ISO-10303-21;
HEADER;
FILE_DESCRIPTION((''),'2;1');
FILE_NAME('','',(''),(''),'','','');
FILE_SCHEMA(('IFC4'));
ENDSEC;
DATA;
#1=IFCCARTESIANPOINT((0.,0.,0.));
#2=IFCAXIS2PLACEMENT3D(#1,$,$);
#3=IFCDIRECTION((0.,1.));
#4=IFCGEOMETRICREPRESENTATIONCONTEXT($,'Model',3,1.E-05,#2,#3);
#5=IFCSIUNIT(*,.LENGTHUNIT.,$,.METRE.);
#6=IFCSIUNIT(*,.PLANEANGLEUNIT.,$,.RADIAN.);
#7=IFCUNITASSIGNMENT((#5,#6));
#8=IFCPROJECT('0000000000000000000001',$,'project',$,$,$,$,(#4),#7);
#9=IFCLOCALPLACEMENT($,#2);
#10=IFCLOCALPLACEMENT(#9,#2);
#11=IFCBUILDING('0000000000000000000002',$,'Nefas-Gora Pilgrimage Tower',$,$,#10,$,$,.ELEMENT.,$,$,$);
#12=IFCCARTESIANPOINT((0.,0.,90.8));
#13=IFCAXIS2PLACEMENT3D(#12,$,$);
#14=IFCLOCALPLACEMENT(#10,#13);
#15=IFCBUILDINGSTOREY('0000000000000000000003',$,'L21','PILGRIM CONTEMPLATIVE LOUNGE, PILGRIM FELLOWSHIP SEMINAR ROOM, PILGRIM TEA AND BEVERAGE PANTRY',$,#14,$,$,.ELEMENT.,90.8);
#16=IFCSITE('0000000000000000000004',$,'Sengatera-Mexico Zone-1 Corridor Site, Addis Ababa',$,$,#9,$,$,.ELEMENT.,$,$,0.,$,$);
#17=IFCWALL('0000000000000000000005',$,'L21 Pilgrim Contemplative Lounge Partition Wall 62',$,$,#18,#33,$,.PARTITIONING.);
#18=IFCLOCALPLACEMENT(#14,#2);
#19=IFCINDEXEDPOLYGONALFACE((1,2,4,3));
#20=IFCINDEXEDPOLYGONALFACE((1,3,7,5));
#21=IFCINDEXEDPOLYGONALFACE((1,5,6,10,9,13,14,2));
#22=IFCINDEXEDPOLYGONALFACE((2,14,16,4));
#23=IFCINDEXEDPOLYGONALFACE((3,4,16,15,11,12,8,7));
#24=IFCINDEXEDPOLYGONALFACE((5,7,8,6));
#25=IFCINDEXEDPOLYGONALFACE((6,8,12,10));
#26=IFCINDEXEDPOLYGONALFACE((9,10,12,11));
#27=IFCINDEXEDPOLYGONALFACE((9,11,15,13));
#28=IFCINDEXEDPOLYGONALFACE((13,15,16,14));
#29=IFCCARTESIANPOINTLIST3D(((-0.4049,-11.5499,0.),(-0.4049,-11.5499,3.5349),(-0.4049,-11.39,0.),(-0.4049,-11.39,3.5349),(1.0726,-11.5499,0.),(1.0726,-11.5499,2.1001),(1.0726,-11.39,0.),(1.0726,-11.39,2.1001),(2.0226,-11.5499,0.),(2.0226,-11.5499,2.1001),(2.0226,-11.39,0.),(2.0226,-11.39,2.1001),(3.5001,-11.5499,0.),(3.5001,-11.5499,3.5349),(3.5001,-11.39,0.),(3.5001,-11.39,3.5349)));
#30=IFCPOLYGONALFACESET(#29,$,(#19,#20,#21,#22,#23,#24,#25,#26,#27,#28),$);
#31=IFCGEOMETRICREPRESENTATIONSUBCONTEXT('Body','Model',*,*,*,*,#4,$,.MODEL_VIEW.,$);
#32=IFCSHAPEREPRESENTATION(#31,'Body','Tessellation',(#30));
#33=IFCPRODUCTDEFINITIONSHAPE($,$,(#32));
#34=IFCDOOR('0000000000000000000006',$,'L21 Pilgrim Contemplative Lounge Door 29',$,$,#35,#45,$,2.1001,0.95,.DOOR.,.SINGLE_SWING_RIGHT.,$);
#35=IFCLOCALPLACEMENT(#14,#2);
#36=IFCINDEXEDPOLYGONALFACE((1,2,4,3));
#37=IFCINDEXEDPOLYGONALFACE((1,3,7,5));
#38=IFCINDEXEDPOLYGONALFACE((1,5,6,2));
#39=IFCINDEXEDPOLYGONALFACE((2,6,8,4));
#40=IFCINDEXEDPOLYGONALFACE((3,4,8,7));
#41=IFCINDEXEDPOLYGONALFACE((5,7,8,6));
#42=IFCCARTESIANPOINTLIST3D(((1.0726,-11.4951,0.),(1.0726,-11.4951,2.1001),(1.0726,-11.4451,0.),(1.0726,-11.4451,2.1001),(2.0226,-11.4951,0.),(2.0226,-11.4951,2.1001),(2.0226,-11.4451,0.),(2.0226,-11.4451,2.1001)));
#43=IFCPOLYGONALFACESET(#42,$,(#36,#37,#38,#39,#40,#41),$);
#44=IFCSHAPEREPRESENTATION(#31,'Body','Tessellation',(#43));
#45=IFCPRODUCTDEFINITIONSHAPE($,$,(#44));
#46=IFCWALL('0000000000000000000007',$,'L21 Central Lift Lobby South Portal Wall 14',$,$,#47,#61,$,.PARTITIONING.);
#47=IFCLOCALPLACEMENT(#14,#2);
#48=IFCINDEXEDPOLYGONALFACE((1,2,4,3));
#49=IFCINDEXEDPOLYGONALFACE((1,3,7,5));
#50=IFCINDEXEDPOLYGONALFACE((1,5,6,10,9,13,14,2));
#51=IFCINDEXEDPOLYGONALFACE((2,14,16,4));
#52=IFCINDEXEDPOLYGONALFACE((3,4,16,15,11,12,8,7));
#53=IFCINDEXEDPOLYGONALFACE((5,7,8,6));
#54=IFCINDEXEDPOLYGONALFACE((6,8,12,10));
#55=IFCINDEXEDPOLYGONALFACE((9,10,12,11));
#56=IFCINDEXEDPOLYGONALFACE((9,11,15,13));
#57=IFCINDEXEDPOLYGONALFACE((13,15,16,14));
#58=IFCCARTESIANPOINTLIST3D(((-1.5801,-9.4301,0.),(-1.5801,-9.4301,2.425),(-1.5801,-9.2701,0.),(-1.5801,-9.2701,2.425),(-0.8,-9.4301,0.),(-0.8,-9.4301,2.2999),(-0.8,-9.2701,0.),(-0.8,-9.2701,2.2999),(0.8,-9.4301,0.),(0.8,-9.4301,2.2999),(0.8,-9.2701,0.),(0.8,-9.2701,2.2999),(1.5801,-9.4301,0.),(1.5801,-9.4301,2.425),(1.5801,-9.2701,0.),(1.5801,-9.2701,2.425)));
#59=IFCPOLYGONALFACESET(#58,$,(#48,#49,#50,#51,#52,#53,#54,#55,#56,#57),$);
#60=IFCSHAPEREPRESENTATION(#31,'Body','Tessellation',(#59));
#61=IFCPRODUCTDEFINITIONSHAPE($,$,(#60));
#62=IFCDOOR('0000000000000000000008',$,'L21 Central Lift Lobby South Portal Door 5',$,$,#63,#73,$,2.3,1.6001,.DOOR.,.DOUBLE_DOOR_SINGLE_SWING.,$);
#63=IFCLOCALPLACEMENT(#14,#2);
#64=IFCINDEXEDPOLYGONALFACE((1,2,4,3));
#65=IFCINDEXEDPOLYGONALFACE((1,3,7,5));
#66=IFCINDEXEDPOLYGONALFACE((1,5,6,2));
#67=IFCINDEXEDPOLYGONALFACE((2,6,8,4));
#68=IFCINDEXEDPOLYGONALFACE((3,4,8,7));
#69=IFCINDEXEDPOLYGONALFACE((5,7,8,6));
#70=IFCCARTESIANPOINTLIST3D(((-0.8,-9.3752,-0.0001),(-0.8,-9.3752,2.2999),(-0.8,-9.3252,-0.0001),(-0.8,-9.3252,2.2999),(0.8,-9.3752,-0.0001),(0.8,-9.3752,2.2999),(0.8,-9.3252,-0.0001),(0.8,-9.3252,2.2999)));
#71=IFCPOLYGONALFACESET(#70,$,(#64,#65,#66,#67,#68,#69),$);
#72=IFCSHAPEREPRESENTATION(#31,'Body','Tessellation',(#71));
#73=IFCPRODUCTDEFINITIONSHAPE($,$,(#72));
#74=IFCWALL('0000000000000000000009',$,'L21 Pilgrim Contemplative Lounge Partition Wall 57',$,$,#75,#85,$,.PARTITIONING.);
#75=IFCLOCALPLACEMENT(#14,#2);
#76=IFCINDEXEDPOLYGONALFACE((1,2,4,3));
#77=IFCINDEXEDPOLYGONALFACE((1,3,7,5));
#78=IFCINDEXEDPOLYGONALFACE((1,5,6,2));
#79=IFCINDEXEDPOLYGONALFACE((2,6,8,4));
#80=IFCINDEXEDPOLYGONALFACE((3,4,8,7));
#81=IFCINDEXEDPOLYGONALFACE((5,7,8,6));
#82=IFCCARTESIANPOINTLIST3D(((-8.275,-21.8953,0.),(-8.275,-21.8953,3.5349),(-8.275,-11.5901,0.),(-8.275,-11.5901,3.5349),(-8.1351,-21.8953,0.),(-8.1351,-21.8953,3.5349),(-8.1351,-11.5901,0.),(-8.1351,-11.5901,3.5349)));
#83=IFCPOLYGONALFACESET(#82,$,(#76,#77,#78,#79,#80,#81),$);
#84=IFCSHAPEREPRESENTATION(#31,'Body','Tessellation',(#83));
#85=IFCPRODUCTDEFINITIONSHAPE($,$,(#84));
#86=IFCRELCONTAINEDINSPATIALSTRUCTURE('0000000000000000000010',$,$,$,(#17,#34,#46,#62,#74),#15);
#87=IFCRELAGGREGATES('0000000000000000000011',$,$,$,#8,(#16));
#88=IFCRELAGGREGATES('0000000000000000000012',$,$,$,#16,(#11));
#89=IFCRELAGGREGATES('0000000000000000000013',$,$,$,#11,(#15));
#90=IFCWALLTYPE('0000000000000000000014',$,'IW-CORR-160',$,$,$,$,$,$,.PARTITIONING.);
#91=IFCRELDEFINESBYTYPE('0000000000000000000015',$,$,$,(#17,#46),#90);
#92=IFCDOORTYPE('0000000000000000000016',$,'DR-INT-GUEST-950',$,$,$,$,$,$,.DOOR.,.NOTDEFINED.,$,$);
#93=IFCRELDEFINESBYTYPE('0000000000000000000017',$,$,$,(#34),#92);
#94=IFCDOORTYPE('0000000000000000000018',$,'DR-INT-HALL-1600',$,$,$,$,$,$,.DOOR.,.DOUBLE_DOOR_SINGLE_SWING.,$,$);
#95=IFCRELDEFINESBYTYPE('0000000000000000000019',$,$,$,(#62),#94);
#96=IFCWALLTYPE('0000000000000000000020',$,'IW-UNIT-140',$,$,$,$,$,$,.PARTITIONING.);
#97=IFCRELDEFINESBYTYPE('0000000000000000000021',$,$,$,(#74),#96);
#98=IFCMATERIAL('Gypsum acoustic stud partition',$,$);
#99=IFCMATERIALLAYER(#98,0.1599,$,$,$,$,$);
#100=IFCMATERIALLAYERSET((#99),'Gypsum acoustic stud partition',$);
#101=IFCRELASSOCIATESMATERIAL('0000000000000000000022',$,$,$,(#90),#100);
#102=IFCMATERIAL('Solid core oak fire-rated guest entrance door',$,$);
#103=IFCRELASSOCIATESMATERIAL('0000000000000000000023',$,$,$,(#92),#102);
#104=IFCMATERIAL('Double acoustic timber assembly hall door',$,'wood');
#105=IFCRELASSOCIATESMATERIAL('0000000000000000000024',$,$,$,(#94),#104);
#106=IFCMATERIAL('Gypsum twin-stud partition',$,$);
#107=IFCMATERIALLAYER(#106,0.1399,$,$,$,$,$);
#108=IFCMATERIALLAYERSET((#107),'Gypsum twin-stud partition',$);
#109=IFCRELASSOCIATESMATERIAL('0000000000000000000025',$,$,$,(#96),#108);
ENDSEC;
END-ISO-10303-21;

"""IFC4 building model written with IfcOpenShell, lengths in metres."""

from ifc_helpers import new_model, si_unit, direction, frame, frame_2d, origin, place, context, subcontext, project, spatial, rectangle, extrude, source, transform, mapped, material, layer, layer_set, type_object, element, fill, save


model = new_model("IFC4")

# Units and contexts
model_context = context("Model", 3, precision=1e-05, world=origin(), true_north=direction((0.0, 1.0)))
body_context = subcontext(model_context, "Body", "Model", "MODEL_VIEW")
ifc_project = project(units=[si_unit("LENGTHUNIT", "METRE"), si_unit("PLANEANGLEUNIT", "RADIAN")], contexts=[model_context])

# Site, building, storey
site_placement = place(None, origin())
site = spatial("IfcSite", under=ifc_project, at=site_placement, Name="Sengatera-Mexico Zone-1 Corridor Site, Addis Ababa", CompositionType="ELEMENT", RefElevation=0.0)
building_placement = place(site_placement, origin())
building = spatial("IfcBuilding", under=site, at=building_placement, Name="Nefas-Gora Pilgrimage Tower", CompositionType="ELEMENT")
storey_placement = place(building_placement, frame((0.0, 0.0, 90.8)))
storey = spatial("IfcBuildingStorey", under=building, at=storey_placement, Name="L21", Description="PILGRIM CONTEMPLATIVE LOUNGE, PILGRIM FELLOWSHIP SEMINAR ROOM, PILGRIM TEA AND BEVERAGE PANTRY", CompositionType="ELEMENT", Elevation=90.8)

# Walls, openings, doors
ifc_material_1 = material(Name="Gypsum acoustic stud partition")
ifc_layer_1 = layer(ifc_material_1, 0.1599)
ifc_layer_set_1 = layer_set([ifc_layer_1], Name="Gypsum acoustic stud partition")
wall_type_1 = type_object("IfcWallType", Name="IW-CORR-160", PredefinedType="PARTITIONING", material=ifc_layer_set_1)
shared_shape_1 = source(origin(), body_context, "Body", "SweptSolid", [
    extrude(rectangle(XDim=3.905, YDim=0.1599, at=frame_2d((1.9526, 0.0))), origin(), (0.0, 0.0, 1.0), 3.5349),
])
ifc_material_2 = material(Name="Solid core oak fire-rated guest entrance door")
door_type_1 = type_object("IfcDoorType", Name="DR-INT-GUEST-950", OperationType="NOTDEFINED", PredefinedType="DOOR", material=ifc_material_2)
shared_shape_2 = source(origin(), body_context, "Body", "SweptSolid", [
    extrude(rectangle(XDim=0.95, YDim=2.1001, at=frame_2d((0.4751, 1.05))), frame((0.0, 0.0249, 0.0), z_axis=(0.0, -1.0, 0.0), x_axis=(1.0, 0.0, 0.0)), (0.0, 0.0, 1.0), 0.05),
])
wall_1_placement = place(storey_placement, frame((-0.405, -11.47, 0.0), z_axis=(0.0, 0.0, 1.0), x_axis=(1.0, 0.0, 0.0)))
wall_1 = element("IfcWall", 1, at=wall_1_placement, inside=storey, type_object=wall_type_1, Name="L21 Pilgrim Contemplative Lounge Partition Wall 62", PredefinedType="PARTITIONING", context=body_context, shape_type="MappedRepresentation", body=[
    mapped(shared_shape_1, transform((0.0, 0.0, 0.0), x_axis=(1.0, 0.0, 0.0), y_axis=(0.0, 1.0, 0.0), z_axis=(0.0, 0.0, 1.0), scale=1.0)),
])
opening_1_placement = place(wall_1_placement, frame((1.4775, 0.0, 0.0)))
opening_1 = element("IfcOpeningElement", 2, at=opening_1_placement, cuts=wall_1, PredefinedType="OPENING", context=body_context, shape_type="SweptSolid", body=[
    extrude(rectangle(XDim=0.95, YDim=2.1001, at=frame_2d((0.4751, 1.05))), frame((0.0, 0.0898, 0.0), z_axis=(0.0, -1.0, 0.0), x_axis=(1.0, 0.0, 0.0)), (0.0, 0.0, 1.0), 0.1799),
])
door_1_placement = place(opening_1_placement, origin())
door_1 = element("IfcDoor", 3, at=door_1_placement, inside=storey, type_object=door_type_1, Name="L21 Pilgrim Contemplative Lounge Door 29", OperationType="SINGLE_SWING_RIGHT", OverallHeight=2.1001, OverallWidth=0.95, PredefinedType="DOOR", context=body_context, shape_type="MappedRepresentation", body=[
    mapped(shared_shape_2, transform((0.0, 0.0, 0.0), x_axis=(1.0, 0.0, 0.0), y_axis=(0.0, 1.0, 0.0), z_axis=(0.0, 0.0, 1.0), scale=1.0)),
])
fill(opening_1, door_1)
shared_shape_3 = source(origin(), body_context, "Body", "SweptSolid", [
    extrude(rectangle(XDim=3.1602, YDim=0.1599, at=frame_2d((1.5801, 0.0))), origin(), (0.0, 0.0, 1.0), 2.425),
])
wall_2_placement = place(storey_placement, frame((-1.5801, -9.3501, 0.0), z_axis=(0.0, 0.0, 1.0), x_axis=(1.0, 0.0, 0.0)))
wall_2 = element("IfcWall", 4, at=wall_2_placement, inside=storey, type_object=wall_type_1, Name="L21 Central Lift Lobby South Portal Wall 14", PredefinedType="PARTITIONING", context=body_context, shape_type="MappedRepresentation", body=[
    mapped(shared_shape_3, transform((0.0, 0.0, 0.0), x_axis=(1.0, 0.0, 0.0), y_axis=(0.0, 1.0, 0.0), z_axis=(0.0, 0.0, 1.0), scale=1.0)),
])
opening_2_placement = place(wall_2_placement, frame((0.78, 0.0, 0.0)))
opening_2 = element("IfcOpeningElement", 5, at=opening_2_placement, cuts=wall_2, PredefinedType="OPENING", context=body_context, shape_type="SweptSolid", body=[
    extrude(rectangle(XDim=1.6001, YDim=2.3, at=frame_2d((0.8, 1.1499))), frame((0.0, 0.0898, 0.0), z_axis=(0.0, -1.0, 0.0), x_axis=(1.0, 0.0, 0.0)), (0.0, 0.0, 1.0), 0.1799),
])
ifc_material_3 = material(Name="Double acoustic timber assembly hall door", Category="wood")
door_type_2 = type_object("IfcDoorType", Name="DR-INT-HALL-1600", OperationType="DOUBLE_DOOR_SINGLE_SWING", PredefinedType="DOOR", material=ifc_material_3)
shared_shape_4 = source(origin(), body_context, "Body", "SweptSolid", [
    extrude(rectangle(XDim=1.6001, YDim=2.3, at=frame_2d((0.8, 1.1499))), frame((0.0, 0.0249, 0.0), z_axis=(0.0, -1.0, 0.0), x_axis=(1.0, 0.0, 0.0)), (0.0, 0.0, 1.0), 0.05),
])
door_2_placement = place(opening_2_placement, origin())
door_2 = element("IfcDoor", 6, at=door_2_placement, inside=storey, type_object=door_type_2, Name="L21 Central Lift Lobby South Portal Door 5", OperationType="DOUBLE_DOOR_SINGLE_SWING", OverallHeight=2.3, OverallWidth=1.6001, PredefinedType="DOOR", context=body_context, shape_type="MappedRepresentation", body=[
    mapped(shared_shape_4, transform((0.0, 0.0, 0.0), x_axis=(1.0, 0.0, 0.0), y_axis=(0.0, 1.0, 0.0), z_axis=(0.0, 0.0, 1.0), scale=1.0)),
])
fill(opening_2, door_2)

# Wall
ifc_material_4 = material(Name="Gypsum twin-stud partition")
ifc_layer_2 = layer(ifc_material_4, 0.1399)
ifc_layer_set_2 = layer_set([ifc_layer_2], Name="Gypsum twin-stud partition")
wall_type_2 = type_object("IfcWallType", Name="IW-UNIT-140", PredefinedType="PARTITIONING", material=ifc_layer_set_2)
shared_shape_5 = source(origin(), body_context, "Body", "SweptSolid", [
    extrude(rectangle(XDim=10.3052, YDim=0.1399, at=frame_2d((5.1526, 0.0))), origin(), (0.0, 0.0, 1.0), 3.5349),
])
wall_3_placement = place(storey_placement, frame((-8.2051, -21.8953, 0.0), z_axis=(0.0, 0.0, 1.0), x_axis=(0.0, 1.0, 0.0)))
element("IfcWall", 7, at=wall_3_placement, inside=storey, type_object=wall_type_2, Name="L21 Pilgrim Contemplative Lounge Partition Wall 57", PredefinedType="PARTITIONING", context=body_context, shape_type="MappedRepresentation", body=[
    mapped(shared_shape_5, transform((0.0, 0.0, 0.0), x_axis=(1.0, 0.0, 0.0), y_axis=(0.0, 1.0, 0.0), z_axis=(0.0, 0.0, 1.0), scale=1.0)),
])

save(model, "model.ifc")
